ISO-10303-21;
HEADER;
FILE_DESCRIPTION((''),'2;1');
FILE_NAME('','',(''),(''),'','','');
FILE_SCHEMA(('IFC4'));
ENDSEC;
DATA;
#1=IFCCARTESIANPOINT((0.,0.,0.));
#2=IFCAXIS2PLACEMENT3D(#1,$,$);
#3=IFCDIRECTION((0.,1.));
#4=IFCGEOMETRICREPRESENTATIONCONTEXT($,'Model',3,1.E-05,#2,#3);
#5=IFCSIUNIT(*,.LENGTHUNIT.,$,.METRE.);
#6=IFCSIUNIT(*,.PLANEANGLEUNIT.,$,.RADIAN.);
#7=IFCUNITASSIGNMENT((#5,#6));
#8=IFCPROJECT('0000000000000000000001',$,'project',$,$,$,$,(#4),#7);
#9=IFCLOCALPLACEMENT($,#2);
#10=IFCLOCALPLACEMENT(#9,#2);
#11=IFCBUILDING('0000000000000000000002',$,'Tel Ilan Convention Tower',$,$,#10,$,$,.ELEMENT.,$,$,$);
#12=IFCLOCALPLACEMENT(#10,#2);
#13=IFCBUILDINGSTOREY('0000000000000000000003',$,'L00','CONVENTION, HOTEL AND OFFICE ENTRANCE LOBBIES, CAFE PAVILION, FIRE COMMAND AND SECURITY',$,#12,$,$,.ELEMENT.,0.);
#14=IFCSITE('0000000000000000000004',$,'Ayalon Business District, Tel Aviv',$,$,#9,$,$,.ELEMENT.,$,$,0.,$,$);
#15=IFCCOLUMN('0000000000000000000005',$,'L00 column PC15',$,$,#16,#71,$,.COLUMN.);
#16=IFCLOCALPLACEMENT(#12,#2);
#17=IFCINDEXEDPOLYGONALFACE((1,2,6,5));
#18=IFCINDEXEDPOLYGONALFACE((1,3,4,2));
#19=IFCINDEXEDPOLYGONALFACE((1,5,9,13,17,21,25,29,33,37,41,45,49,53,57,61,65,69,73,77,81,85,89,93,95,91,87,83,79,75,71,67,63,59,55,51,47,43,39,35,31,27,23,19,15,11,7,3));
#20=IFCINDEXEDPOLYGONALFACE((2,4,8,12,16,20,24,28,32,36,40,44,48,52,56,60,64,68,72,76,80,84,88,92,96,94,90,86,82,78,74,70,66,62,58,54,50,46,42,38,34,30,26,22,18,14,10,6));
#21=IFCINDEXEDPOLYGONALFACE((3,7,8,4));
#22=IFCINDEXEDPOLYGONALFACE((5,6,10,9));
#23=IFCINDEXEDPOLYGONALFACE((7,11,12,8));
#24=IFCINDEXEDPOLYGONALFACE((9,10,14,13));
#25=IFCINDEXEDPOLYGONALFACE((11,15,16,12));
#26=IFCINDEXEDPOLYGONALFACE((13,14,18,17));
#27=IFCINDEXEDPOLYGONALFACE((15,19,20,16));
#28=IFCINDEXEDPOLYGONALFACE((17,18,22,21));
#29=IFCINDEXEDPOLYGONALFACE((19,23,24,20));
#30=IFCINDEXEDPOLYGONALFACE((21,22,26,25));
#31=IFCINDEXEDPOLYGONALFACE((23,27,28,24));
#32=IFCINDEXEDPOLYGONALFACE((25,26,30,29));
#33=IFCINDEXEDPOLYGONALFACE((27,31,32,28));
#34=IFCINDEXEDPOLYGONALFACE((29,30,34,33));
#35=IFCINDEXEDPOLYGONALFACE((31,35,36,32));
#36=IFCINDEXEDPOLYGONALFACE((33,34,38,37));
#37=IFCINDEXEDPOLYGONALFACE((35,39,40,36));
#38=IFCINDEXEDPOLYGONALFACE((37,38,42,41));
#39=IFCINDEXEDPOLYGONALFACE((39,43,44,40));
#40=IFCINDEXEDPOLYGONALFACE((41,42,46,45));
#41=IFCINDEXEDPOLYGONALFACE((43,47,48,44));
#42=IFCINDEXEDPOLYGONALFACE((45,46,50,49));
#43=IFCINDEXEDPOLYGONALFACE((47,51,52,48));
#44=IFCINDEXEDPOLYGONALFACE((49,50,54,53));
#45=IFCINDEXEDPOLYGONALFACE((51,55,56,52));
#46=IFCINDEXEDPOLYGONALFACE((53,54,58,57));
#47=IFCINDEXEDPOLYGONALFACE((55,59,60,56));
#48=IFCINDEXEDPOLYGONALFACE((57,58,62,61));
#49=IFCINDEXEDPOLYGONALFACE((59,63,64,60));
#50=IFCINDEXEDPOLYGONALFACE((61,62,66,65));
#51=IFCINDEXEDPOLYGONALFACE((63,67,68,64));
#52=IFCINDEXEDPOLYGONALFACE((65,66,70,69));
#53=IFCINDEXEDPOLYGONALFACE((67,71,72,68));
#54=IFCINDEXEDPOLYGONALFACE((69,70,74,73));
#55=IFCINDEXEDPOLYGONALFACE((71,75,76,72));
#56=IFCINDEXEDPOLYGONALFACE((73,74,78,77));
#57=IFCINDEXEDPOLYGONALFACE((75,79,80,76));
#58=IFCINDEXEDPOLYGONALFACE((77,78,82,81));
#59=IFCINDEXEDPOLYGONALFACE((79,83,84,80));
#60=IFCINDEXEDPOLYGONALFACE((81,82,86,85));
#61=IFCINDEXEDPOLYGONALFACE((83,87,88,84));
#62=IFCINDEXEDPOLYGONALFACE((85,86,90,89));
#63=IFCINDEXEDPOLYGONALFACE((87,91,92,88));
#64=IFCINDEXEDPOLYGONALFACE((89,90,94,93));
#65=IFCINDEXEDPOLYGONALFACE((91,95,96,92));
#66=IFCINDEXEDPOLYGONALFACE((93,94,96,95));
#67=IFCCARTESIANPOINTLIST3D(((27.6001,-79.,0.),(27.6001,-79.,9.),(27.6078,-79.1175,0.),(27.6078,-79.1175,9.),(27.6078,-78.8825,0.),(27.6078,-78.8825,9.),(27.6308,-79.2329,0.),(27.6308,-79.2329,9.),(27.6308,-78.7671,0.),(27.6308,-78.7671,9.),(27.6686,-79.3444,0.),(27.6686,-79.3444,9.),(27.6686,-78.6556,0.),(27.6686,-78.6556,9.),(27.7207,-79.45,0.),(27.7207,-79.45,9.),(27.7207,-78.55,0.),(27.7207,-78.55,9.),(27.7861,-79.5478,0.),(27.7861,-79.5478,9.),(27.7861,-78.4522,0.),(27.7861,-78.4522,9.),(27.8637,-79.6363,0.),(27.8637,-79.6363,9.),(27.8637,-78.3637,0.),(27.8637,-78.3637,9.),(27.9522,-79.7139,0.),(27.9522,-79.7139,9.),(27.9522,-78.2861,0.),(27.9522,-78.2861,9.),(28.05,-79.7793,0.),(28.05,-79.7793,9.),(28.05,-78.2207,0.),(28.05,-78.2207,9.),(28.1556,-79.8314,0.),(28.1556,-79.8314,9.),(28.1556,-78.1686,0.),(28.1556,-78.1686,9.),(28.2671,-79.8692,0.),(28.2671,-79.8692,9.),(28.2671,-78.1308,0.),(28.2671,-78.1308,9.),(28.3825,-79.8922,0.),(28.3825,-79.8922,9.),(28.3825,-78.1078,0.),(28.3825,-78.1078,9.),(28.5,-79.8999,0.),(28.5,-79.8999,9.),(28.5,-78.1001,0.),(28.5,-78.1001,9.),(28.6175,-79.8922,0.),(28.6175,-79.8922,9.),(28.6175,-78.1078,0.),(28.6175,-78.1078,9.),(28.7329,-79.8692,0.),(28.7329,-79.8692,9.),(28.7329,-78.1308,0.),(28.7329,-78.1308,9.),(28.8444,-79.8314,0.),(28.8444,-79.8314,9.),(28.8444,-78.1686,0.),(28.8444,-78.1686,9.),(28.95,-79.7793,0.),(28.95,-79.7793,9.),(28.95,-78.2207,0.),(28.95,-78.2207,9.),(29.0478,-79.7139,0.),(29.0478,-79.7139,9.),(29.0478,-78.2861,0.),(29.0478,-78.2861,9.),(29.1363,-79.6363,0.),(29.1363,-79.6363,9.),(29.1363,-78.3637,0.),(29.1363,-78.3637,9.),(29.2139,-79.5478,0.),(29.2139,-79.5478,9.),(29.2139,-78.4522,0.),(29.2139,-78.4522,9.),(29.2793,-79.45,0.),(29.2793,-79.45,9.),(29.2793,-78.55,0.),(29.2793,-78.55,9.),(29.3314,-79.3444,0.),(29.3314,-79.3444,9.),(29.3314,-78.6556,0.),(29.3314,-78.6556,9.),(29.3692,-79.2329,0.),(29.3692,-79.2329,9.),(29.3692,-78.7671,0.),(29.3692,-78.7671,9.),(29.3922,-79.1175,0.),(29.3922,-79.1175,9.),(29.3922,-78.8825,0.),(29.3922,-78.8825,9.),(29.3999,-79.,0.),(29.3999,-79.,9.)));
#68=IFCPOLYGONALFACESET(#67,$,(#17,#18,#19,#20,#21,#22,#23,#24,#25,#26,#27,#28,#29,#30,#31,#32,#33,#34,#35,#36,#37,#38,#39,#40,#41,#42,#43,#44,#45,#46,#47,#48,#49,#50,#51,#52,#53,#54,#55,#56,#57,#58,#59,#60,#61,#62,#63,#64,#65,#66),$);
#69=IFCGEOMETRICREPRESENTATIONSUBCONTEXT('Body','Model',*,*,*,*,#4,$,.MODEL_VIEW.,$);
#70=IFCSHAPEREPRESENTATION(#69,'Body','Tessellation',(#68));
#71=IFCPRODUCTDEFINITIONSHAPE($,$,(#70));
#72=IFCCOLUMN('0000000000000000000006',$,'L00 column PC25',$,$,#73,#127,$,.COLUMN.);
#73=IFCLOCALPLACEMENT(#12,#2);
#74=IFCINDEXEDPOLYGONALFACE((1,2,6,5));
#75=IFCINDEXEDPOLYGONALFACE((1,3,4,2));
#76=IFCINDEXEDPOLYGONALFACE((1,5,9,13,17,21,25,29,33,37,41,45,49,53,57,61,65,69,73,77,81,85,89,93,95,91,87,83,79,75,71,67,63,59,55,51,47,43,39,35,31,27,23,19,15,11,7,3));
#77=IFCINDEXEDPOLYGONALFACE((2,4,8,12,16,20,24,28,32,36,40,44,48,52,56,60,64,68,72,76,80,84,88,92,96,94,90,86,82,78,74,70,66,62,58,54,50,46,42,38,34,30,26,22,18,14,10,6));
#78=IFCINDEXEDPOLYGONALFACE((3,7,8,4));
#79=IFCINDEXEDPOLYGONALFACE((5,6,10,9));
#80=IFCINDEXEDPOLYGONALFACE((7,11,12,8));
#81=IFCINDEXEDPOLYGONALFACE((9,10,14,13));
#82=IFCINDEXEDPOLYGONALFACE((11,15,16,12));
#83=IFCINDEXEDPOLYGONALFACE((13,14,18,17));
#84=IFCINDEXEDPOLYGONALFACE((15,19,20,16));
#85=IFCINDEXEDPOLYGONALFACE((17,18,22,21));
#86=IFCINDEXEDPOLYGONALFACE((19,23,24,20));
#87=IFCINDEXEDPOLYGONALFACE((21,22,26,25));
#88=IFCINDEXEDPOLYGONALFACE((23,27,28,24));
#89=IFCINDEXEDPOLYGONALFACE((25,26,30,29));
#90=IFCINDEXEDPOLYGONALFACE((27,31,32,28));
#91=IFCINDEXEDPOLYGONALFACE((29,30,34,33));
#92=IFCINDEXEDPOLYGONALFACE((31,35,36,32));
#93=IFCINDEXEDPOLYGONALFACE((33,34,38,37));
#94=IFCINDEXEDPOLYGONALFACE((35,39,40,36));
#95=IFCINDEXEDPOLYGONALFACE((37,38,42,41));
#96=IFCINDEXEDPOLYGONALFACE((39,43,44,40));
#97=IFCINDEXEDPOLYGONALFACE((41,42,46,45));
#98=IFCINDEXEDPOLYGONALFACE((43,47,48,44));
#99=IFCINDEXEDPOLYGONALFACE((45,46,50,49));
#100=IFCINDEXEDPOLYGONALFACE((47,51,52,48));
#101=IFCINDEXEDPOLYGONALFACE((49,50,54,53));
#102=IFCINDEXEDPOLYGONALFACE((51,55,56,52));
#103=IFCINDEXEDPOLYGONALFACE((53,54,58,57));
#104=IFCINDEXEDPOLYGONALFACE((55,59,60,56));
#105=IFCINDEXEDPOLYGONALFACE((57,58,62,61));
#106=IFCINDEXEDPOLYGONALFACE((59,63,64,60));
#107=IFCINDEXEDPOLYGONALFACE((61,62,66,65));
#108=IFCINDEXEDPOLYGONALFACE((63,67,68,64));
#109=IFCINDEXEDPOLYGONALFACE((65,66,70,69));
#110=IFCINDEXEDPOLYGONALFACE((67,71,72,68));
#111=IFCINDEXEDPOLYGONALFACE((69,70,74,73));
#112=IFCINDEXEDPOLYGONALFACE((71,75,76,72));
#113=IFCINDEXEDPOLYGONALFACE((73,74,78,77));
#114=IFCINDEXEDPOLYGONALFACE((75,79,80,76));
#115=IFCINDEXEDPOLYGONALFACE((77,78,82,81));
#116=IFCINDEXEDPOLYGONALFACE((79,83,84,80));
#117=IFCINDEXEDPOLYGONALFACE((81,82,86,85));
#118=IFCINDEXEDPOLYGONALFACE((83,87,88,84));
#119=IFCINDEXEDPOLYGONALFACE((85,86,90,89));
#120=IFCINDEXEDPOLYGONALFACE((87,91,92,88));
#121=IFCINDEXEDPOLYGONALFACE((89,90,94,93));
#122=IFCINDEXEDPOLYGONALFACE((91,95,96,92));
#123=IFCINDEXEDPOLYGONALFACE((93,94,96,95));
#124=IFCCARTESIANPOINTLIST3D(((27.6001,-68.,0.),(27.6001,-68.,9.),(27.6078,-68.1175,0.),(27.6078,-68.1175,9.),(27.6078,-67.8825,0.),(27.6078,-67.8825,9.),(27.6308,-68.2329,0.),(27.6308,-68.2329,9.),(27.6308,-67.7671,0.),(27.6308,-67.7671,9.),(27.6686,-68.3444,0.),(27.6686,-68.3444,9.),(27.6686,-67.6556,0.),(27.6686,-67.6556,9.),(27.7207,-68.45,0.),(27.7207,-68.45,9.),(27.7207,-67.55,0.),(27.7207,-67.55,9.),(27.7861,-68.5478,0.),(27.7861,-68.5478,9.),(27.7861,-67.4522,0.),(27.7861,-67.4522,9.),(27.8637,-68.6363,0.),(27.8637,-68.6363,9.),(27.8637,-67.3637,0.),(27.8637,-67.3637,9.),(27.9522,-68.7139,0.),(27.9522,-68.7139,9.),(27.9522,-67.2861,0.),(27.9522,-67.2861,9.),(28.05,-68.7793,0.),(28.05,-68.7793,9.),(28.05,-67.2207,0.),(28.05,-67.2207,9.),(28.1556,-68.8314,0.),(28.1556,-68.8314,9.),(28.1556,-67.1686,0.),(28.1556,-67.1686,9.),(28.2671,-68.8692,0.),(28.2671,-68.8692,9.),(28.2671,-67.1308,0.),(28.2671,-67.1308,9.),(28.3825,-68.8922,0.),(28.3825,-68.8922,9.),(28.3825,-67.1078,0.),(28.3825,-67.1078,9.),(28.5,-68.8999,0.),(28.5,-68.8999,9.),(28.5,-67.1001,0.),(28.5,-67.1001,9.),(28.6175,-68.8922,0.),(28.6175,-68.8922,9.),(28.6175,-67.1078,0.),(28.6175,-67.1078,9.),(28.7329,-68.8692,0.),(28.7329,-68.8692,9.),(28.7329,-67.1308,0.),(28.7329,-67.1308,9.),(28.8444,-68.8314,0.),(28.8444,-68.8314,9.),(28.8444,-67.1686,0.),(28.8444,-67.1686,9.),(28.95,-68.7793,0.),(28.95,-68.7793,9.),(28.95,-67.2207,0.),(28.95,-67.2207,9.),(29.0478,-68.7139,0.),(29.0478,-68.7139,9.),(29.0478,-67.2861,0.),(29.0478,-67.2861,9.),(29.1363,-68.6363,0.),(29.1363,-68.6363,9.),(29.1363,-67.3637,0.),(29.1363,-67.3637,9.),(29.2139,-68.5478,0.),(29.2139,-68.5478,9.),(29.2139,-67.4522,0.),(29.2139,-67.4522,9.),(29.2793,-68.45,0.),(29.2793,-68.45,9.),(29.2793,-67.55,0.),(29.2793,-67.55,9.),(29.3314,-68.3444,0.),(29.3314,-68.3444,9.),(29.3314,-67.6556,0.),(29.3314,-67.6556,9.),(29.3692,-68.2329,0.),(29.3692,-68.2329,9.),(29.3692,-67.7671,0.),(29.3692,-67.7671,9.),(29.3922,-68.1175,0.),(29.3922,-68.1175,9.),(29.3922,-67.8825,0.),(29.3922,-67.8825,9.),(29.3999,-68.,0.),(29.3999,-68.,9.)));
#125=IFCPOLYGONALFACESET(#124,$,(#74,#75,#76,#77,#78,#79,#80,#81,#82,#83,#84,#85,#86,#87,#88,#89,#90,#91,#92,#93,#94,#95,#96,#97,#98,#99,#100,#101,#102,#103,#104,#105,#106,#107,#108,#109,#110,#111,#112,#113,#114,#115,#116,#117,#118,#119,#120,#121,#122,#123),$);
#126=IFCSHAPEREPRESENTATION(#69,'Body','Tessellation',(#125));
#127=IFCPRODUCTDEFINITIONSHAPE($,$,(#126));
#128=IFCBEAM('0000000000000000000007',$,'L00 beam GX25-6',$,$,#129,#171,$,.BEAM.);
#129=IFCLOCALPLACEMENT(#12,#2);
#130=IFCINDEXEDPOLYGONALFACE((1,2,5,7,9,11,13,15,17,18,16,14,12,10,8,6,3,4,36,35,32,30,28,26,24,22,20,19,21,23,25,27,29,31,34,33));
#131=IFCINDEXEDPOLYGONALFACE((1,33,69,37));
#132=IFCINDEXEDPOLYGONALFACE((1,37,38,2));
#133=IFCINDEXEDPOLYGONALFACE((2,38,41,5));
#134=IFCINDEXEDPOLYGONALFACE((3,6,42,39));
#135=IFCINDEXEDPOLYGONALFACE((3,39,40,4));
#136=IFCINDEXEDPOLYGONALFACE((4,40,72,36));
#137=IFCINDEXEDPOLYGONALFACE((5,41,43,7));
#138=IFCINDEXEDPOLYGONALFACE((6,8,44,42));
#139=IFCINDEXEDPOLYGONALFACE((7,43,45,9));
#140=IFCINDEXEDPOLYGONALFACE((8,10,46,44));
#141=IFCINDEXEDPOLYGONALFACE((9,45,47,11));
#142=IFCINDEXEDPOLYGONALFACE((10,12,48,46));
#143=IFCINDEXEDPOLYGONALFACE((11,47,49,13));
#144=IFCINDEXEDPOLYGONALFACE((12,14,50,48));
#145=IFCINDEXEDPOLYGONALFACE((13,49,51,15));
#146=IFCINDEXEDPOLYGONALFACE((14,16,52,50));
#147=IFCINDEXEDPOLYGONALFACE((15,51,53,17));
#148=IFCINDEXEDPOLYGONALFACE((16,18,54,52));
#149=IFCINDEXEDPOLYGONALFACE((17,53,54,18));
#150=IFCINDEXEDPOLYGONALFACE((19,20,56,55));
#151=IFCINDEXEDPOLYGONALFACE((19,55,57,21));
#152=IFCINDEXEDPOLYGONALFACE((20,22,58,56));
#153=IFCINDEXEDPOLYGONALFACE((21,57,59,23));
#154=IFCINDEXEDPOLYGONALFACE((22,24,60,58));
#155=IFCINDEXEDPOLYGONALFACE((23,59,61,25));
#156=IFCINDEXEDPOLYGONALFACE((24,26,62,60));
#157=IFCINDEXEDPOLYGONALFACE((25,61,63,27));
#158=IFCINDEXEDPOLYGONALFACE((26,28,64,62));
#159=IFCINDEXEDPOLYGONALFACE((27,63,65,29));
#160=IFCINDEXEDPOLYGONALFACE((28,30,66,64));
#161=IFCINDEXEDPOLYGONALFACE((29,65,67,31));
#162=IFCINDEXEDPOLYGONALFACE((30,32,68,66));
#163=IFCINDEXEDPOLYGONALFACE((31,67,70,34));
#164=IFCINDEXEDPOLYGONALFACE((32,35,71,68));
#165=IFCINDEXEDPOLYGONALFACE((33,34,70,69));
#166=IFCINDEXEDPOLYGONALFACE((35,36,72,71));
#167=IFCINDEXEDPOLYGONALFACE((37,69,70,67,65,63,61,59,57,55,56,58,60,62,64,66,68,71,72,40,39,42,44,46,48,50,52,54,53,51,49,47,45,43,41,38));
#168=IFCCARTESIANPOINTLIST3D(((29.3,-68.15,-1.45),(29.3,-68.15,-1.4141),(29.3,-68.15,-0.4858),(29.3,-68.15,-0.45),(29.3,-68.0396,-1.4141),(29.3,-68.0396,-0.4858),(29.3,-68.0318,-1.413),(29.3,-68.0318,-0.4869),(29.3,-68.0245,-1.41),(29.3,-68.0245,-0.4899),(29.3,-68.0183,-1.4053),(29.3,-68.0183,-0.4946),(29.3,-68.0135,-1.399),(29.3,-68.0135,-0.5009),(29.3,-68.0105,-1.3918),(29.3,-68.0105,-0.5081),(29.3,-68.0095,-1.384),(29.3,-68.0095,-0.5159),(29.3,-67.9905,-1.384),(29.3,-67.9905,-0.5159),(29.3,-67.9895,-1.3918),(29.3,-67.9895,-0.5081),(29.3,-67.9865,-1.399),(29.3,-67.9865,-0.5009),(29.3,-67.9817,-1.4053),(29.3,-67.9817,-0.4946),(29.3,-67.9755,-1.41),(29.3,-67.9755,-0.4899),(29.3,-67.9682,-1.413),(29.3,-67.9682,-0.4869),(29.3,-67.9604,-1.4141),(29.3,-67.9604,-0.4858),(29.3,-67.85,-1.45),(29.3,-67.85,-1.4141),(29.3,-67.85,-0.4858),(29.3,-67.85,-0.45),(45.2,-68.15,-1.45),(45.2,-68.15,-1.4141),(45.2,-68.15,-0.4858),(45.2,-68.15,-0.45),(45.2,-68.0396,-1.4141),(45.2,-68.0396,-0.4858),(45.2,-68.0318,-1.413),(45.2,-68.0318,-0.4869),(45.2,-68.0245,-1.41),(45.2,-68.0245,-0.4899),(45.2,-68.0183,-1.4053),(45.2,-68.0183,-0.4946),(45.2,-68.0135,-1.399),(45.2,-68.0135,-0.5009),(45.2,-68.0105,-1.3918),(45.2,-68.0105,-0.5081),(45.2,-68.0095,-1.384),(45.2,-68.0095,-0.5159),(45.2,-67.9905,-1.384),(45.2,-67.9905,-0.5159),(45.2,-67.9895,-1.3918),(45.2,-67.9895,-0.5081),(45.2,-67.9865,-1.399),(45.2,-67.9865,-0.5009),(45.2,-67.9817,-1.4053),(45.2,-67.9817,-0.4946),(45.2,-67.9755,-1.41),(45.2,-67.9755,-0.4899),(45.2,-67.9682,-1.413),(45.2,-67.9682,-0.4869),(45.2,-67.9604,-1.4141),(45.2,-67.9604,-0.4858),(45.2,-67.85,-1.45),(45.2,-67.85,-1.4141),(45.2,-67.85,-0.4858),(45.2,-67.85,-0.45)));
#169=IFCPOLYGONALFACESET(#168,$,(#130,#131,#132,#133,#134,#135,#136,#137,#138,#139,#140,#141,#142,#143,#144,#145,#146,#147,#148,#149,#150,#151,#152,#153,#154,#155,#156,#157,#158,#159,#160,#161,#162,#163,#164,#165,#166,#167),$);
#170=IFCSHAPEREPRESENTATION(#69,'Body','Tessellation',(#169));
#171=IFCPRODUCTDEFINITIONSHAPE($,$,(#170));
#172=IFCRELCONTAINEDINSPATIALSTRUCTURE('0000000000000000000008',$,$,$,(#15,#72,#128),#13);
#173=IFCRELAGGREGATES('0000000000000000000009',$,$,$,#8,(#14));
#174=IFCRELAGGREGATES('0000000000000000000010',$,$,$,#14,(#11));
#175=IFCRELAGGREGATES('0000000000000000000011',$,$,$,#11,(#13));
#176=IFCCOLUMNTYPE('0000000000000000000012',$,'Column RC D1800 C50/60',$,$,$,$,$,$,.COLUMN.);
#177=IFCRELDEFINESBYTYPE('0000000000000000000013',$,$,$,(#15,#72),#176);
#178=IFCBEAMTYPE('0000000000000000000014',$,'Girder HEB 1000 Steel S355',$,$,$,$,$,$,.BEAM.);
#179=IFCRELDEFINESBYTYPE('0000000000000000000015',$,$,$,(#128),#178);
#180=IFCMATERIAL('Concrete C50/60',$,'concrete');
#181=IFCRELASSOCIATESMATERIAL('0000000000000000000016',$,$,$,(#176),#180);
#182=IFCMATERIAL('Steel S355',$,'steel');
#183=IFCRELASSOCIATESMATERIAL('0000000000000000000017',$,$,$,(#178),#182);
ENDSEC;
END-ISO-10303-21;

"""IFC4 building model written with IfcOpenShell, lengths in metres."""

from ifc_helpers import new_model, si_unit, direction, frame, origin, origin_2d, place, context, subcontext, project, spatial, circle, i_section, extrude, material, material_profile, profile_set, type_object, element, save


model = new_model("IFC4")

# Units and contexts
model_context = context("Model", 3, precision=1e-05, world=origin(), true_north=direction((0.0, 1.0)))
body_context = subcontext(model_context, "Body", "Model", "MODEL_VIEW")
ifc_project = project(units=[si_unit("LENGTHUNIT", "METRE"), si_unit("PLANEANGLEUNIT", "RADIAN")], contexts=[model_context])

# Site, building, storey
site_placement = place(None, origin())
site = spatial("IfcSite", under=ifc_project, at=site_placement, Name="Ayalon Business District, Tel Aviv", CompositionType="ELEMENT", RefElevation=0.0)
building_placement = place(site_placement, origin())
building = spatial("IfcBuilding", under=site, at=building_placement, Name="Tel Ilan Convention Tower", CompositionType="ELEMENT")
storey_placement = place(building_placement, origin())
storey = spatial("IfcBuildingStorey", under=building, at=storey_placement, Name="L00", Description="CONVENTION, HOTEL AND OFFICE ENTRANCE LOBBIES, CAFE PAVILION, FIRE COMMAND AND SECURITY", CompositionType="ELEMENT", Elevation=0.0)

# Columns
ifc_material_1 = material(Name="Concrete C50/60", Category="concrete")
ifc_material_profile_1 = material_profile(ifc_material_1, circle(Radius=0.8999, at=origin_2d()), Name="RC D1800")
ifc_profile_set_1 = profile_set([ifc_material_profile_1], Name="Concrete C50/60")
column_type = type_object("IfcColumnType", Name="Column RC D1800 C50/60", PredefinedType="COLUMN", material=ifc_profile_set_1)
for number, where, z_axis, x_axis, name in (
    (1, (28.5, -79.0, 0.0), (0.0, 0.0, 1.0), (1.0, 0.0, 0.0), "L00 column PC15"),
    (2, (28.5, -68.0, 0.0), (0.0, 0.0, 1.0), (1.0, 0.0, 0.0), "L00 column PC25"),
):
    element("IfcColumn", number, at=place(storey_placement, frame(where, z_axis=z_axis, x_axis=x_axis)), inside=storey, type_object=column_type, Name=name, PredefinedType="COLUMN", context=body_context, shape_type="SweptSolid", body=[
        extrude(circle(Radius=0.8999, at=origin_2d()), origin(), (0.0, 0.0, 1.0), 9.0),
    ])

# Beam
ifc_material_2 = material(Name="Steel S355", Category="steel")
ifc_material_profile_2 = material_profile(ifc_material_2, i_section(OverallWidth=0.3, OverallDepth=1.0, WebThickness=0.019, FlangeThickness=0.0359, FilletRadius=0.03, at=origin_2d()), Name="HEB 1000")
ifc_profile_set_2 = profile_set([ifc_material_profile_2], Name="Steel S355")
beam_type_1 = type_object("IfcBeamType", Name="Girder HEB 1000 Steel S355", PredefinedType="BEAM", material=ifc_profile_set_2)
beam_1_placement = place(storey_placement, frame((29.3, -68.0, -0.95), z_axis=(1.0, 0.0, 0.0), x_axis=(0.0, 1.0, 0.0)))
element("IfcBeam", 3, at=beam_1_placement, inside=storey, type_object=beam_type_1, Name="L00 beam GX25-6", PredefinedType="BEAM", context=body_context, shape_type="SweptSolid", body=[
    extrude(i_section(OverallWidth=0.3, OverallDepth=1.0, WebThickness=0.019, FlangeThickness=0.0359, FilletRadius=0.03, at=origin_2d()), origin(), (0.0, 0.0, 1.0), 15.8999),
])

save(model, "model.ifc")
